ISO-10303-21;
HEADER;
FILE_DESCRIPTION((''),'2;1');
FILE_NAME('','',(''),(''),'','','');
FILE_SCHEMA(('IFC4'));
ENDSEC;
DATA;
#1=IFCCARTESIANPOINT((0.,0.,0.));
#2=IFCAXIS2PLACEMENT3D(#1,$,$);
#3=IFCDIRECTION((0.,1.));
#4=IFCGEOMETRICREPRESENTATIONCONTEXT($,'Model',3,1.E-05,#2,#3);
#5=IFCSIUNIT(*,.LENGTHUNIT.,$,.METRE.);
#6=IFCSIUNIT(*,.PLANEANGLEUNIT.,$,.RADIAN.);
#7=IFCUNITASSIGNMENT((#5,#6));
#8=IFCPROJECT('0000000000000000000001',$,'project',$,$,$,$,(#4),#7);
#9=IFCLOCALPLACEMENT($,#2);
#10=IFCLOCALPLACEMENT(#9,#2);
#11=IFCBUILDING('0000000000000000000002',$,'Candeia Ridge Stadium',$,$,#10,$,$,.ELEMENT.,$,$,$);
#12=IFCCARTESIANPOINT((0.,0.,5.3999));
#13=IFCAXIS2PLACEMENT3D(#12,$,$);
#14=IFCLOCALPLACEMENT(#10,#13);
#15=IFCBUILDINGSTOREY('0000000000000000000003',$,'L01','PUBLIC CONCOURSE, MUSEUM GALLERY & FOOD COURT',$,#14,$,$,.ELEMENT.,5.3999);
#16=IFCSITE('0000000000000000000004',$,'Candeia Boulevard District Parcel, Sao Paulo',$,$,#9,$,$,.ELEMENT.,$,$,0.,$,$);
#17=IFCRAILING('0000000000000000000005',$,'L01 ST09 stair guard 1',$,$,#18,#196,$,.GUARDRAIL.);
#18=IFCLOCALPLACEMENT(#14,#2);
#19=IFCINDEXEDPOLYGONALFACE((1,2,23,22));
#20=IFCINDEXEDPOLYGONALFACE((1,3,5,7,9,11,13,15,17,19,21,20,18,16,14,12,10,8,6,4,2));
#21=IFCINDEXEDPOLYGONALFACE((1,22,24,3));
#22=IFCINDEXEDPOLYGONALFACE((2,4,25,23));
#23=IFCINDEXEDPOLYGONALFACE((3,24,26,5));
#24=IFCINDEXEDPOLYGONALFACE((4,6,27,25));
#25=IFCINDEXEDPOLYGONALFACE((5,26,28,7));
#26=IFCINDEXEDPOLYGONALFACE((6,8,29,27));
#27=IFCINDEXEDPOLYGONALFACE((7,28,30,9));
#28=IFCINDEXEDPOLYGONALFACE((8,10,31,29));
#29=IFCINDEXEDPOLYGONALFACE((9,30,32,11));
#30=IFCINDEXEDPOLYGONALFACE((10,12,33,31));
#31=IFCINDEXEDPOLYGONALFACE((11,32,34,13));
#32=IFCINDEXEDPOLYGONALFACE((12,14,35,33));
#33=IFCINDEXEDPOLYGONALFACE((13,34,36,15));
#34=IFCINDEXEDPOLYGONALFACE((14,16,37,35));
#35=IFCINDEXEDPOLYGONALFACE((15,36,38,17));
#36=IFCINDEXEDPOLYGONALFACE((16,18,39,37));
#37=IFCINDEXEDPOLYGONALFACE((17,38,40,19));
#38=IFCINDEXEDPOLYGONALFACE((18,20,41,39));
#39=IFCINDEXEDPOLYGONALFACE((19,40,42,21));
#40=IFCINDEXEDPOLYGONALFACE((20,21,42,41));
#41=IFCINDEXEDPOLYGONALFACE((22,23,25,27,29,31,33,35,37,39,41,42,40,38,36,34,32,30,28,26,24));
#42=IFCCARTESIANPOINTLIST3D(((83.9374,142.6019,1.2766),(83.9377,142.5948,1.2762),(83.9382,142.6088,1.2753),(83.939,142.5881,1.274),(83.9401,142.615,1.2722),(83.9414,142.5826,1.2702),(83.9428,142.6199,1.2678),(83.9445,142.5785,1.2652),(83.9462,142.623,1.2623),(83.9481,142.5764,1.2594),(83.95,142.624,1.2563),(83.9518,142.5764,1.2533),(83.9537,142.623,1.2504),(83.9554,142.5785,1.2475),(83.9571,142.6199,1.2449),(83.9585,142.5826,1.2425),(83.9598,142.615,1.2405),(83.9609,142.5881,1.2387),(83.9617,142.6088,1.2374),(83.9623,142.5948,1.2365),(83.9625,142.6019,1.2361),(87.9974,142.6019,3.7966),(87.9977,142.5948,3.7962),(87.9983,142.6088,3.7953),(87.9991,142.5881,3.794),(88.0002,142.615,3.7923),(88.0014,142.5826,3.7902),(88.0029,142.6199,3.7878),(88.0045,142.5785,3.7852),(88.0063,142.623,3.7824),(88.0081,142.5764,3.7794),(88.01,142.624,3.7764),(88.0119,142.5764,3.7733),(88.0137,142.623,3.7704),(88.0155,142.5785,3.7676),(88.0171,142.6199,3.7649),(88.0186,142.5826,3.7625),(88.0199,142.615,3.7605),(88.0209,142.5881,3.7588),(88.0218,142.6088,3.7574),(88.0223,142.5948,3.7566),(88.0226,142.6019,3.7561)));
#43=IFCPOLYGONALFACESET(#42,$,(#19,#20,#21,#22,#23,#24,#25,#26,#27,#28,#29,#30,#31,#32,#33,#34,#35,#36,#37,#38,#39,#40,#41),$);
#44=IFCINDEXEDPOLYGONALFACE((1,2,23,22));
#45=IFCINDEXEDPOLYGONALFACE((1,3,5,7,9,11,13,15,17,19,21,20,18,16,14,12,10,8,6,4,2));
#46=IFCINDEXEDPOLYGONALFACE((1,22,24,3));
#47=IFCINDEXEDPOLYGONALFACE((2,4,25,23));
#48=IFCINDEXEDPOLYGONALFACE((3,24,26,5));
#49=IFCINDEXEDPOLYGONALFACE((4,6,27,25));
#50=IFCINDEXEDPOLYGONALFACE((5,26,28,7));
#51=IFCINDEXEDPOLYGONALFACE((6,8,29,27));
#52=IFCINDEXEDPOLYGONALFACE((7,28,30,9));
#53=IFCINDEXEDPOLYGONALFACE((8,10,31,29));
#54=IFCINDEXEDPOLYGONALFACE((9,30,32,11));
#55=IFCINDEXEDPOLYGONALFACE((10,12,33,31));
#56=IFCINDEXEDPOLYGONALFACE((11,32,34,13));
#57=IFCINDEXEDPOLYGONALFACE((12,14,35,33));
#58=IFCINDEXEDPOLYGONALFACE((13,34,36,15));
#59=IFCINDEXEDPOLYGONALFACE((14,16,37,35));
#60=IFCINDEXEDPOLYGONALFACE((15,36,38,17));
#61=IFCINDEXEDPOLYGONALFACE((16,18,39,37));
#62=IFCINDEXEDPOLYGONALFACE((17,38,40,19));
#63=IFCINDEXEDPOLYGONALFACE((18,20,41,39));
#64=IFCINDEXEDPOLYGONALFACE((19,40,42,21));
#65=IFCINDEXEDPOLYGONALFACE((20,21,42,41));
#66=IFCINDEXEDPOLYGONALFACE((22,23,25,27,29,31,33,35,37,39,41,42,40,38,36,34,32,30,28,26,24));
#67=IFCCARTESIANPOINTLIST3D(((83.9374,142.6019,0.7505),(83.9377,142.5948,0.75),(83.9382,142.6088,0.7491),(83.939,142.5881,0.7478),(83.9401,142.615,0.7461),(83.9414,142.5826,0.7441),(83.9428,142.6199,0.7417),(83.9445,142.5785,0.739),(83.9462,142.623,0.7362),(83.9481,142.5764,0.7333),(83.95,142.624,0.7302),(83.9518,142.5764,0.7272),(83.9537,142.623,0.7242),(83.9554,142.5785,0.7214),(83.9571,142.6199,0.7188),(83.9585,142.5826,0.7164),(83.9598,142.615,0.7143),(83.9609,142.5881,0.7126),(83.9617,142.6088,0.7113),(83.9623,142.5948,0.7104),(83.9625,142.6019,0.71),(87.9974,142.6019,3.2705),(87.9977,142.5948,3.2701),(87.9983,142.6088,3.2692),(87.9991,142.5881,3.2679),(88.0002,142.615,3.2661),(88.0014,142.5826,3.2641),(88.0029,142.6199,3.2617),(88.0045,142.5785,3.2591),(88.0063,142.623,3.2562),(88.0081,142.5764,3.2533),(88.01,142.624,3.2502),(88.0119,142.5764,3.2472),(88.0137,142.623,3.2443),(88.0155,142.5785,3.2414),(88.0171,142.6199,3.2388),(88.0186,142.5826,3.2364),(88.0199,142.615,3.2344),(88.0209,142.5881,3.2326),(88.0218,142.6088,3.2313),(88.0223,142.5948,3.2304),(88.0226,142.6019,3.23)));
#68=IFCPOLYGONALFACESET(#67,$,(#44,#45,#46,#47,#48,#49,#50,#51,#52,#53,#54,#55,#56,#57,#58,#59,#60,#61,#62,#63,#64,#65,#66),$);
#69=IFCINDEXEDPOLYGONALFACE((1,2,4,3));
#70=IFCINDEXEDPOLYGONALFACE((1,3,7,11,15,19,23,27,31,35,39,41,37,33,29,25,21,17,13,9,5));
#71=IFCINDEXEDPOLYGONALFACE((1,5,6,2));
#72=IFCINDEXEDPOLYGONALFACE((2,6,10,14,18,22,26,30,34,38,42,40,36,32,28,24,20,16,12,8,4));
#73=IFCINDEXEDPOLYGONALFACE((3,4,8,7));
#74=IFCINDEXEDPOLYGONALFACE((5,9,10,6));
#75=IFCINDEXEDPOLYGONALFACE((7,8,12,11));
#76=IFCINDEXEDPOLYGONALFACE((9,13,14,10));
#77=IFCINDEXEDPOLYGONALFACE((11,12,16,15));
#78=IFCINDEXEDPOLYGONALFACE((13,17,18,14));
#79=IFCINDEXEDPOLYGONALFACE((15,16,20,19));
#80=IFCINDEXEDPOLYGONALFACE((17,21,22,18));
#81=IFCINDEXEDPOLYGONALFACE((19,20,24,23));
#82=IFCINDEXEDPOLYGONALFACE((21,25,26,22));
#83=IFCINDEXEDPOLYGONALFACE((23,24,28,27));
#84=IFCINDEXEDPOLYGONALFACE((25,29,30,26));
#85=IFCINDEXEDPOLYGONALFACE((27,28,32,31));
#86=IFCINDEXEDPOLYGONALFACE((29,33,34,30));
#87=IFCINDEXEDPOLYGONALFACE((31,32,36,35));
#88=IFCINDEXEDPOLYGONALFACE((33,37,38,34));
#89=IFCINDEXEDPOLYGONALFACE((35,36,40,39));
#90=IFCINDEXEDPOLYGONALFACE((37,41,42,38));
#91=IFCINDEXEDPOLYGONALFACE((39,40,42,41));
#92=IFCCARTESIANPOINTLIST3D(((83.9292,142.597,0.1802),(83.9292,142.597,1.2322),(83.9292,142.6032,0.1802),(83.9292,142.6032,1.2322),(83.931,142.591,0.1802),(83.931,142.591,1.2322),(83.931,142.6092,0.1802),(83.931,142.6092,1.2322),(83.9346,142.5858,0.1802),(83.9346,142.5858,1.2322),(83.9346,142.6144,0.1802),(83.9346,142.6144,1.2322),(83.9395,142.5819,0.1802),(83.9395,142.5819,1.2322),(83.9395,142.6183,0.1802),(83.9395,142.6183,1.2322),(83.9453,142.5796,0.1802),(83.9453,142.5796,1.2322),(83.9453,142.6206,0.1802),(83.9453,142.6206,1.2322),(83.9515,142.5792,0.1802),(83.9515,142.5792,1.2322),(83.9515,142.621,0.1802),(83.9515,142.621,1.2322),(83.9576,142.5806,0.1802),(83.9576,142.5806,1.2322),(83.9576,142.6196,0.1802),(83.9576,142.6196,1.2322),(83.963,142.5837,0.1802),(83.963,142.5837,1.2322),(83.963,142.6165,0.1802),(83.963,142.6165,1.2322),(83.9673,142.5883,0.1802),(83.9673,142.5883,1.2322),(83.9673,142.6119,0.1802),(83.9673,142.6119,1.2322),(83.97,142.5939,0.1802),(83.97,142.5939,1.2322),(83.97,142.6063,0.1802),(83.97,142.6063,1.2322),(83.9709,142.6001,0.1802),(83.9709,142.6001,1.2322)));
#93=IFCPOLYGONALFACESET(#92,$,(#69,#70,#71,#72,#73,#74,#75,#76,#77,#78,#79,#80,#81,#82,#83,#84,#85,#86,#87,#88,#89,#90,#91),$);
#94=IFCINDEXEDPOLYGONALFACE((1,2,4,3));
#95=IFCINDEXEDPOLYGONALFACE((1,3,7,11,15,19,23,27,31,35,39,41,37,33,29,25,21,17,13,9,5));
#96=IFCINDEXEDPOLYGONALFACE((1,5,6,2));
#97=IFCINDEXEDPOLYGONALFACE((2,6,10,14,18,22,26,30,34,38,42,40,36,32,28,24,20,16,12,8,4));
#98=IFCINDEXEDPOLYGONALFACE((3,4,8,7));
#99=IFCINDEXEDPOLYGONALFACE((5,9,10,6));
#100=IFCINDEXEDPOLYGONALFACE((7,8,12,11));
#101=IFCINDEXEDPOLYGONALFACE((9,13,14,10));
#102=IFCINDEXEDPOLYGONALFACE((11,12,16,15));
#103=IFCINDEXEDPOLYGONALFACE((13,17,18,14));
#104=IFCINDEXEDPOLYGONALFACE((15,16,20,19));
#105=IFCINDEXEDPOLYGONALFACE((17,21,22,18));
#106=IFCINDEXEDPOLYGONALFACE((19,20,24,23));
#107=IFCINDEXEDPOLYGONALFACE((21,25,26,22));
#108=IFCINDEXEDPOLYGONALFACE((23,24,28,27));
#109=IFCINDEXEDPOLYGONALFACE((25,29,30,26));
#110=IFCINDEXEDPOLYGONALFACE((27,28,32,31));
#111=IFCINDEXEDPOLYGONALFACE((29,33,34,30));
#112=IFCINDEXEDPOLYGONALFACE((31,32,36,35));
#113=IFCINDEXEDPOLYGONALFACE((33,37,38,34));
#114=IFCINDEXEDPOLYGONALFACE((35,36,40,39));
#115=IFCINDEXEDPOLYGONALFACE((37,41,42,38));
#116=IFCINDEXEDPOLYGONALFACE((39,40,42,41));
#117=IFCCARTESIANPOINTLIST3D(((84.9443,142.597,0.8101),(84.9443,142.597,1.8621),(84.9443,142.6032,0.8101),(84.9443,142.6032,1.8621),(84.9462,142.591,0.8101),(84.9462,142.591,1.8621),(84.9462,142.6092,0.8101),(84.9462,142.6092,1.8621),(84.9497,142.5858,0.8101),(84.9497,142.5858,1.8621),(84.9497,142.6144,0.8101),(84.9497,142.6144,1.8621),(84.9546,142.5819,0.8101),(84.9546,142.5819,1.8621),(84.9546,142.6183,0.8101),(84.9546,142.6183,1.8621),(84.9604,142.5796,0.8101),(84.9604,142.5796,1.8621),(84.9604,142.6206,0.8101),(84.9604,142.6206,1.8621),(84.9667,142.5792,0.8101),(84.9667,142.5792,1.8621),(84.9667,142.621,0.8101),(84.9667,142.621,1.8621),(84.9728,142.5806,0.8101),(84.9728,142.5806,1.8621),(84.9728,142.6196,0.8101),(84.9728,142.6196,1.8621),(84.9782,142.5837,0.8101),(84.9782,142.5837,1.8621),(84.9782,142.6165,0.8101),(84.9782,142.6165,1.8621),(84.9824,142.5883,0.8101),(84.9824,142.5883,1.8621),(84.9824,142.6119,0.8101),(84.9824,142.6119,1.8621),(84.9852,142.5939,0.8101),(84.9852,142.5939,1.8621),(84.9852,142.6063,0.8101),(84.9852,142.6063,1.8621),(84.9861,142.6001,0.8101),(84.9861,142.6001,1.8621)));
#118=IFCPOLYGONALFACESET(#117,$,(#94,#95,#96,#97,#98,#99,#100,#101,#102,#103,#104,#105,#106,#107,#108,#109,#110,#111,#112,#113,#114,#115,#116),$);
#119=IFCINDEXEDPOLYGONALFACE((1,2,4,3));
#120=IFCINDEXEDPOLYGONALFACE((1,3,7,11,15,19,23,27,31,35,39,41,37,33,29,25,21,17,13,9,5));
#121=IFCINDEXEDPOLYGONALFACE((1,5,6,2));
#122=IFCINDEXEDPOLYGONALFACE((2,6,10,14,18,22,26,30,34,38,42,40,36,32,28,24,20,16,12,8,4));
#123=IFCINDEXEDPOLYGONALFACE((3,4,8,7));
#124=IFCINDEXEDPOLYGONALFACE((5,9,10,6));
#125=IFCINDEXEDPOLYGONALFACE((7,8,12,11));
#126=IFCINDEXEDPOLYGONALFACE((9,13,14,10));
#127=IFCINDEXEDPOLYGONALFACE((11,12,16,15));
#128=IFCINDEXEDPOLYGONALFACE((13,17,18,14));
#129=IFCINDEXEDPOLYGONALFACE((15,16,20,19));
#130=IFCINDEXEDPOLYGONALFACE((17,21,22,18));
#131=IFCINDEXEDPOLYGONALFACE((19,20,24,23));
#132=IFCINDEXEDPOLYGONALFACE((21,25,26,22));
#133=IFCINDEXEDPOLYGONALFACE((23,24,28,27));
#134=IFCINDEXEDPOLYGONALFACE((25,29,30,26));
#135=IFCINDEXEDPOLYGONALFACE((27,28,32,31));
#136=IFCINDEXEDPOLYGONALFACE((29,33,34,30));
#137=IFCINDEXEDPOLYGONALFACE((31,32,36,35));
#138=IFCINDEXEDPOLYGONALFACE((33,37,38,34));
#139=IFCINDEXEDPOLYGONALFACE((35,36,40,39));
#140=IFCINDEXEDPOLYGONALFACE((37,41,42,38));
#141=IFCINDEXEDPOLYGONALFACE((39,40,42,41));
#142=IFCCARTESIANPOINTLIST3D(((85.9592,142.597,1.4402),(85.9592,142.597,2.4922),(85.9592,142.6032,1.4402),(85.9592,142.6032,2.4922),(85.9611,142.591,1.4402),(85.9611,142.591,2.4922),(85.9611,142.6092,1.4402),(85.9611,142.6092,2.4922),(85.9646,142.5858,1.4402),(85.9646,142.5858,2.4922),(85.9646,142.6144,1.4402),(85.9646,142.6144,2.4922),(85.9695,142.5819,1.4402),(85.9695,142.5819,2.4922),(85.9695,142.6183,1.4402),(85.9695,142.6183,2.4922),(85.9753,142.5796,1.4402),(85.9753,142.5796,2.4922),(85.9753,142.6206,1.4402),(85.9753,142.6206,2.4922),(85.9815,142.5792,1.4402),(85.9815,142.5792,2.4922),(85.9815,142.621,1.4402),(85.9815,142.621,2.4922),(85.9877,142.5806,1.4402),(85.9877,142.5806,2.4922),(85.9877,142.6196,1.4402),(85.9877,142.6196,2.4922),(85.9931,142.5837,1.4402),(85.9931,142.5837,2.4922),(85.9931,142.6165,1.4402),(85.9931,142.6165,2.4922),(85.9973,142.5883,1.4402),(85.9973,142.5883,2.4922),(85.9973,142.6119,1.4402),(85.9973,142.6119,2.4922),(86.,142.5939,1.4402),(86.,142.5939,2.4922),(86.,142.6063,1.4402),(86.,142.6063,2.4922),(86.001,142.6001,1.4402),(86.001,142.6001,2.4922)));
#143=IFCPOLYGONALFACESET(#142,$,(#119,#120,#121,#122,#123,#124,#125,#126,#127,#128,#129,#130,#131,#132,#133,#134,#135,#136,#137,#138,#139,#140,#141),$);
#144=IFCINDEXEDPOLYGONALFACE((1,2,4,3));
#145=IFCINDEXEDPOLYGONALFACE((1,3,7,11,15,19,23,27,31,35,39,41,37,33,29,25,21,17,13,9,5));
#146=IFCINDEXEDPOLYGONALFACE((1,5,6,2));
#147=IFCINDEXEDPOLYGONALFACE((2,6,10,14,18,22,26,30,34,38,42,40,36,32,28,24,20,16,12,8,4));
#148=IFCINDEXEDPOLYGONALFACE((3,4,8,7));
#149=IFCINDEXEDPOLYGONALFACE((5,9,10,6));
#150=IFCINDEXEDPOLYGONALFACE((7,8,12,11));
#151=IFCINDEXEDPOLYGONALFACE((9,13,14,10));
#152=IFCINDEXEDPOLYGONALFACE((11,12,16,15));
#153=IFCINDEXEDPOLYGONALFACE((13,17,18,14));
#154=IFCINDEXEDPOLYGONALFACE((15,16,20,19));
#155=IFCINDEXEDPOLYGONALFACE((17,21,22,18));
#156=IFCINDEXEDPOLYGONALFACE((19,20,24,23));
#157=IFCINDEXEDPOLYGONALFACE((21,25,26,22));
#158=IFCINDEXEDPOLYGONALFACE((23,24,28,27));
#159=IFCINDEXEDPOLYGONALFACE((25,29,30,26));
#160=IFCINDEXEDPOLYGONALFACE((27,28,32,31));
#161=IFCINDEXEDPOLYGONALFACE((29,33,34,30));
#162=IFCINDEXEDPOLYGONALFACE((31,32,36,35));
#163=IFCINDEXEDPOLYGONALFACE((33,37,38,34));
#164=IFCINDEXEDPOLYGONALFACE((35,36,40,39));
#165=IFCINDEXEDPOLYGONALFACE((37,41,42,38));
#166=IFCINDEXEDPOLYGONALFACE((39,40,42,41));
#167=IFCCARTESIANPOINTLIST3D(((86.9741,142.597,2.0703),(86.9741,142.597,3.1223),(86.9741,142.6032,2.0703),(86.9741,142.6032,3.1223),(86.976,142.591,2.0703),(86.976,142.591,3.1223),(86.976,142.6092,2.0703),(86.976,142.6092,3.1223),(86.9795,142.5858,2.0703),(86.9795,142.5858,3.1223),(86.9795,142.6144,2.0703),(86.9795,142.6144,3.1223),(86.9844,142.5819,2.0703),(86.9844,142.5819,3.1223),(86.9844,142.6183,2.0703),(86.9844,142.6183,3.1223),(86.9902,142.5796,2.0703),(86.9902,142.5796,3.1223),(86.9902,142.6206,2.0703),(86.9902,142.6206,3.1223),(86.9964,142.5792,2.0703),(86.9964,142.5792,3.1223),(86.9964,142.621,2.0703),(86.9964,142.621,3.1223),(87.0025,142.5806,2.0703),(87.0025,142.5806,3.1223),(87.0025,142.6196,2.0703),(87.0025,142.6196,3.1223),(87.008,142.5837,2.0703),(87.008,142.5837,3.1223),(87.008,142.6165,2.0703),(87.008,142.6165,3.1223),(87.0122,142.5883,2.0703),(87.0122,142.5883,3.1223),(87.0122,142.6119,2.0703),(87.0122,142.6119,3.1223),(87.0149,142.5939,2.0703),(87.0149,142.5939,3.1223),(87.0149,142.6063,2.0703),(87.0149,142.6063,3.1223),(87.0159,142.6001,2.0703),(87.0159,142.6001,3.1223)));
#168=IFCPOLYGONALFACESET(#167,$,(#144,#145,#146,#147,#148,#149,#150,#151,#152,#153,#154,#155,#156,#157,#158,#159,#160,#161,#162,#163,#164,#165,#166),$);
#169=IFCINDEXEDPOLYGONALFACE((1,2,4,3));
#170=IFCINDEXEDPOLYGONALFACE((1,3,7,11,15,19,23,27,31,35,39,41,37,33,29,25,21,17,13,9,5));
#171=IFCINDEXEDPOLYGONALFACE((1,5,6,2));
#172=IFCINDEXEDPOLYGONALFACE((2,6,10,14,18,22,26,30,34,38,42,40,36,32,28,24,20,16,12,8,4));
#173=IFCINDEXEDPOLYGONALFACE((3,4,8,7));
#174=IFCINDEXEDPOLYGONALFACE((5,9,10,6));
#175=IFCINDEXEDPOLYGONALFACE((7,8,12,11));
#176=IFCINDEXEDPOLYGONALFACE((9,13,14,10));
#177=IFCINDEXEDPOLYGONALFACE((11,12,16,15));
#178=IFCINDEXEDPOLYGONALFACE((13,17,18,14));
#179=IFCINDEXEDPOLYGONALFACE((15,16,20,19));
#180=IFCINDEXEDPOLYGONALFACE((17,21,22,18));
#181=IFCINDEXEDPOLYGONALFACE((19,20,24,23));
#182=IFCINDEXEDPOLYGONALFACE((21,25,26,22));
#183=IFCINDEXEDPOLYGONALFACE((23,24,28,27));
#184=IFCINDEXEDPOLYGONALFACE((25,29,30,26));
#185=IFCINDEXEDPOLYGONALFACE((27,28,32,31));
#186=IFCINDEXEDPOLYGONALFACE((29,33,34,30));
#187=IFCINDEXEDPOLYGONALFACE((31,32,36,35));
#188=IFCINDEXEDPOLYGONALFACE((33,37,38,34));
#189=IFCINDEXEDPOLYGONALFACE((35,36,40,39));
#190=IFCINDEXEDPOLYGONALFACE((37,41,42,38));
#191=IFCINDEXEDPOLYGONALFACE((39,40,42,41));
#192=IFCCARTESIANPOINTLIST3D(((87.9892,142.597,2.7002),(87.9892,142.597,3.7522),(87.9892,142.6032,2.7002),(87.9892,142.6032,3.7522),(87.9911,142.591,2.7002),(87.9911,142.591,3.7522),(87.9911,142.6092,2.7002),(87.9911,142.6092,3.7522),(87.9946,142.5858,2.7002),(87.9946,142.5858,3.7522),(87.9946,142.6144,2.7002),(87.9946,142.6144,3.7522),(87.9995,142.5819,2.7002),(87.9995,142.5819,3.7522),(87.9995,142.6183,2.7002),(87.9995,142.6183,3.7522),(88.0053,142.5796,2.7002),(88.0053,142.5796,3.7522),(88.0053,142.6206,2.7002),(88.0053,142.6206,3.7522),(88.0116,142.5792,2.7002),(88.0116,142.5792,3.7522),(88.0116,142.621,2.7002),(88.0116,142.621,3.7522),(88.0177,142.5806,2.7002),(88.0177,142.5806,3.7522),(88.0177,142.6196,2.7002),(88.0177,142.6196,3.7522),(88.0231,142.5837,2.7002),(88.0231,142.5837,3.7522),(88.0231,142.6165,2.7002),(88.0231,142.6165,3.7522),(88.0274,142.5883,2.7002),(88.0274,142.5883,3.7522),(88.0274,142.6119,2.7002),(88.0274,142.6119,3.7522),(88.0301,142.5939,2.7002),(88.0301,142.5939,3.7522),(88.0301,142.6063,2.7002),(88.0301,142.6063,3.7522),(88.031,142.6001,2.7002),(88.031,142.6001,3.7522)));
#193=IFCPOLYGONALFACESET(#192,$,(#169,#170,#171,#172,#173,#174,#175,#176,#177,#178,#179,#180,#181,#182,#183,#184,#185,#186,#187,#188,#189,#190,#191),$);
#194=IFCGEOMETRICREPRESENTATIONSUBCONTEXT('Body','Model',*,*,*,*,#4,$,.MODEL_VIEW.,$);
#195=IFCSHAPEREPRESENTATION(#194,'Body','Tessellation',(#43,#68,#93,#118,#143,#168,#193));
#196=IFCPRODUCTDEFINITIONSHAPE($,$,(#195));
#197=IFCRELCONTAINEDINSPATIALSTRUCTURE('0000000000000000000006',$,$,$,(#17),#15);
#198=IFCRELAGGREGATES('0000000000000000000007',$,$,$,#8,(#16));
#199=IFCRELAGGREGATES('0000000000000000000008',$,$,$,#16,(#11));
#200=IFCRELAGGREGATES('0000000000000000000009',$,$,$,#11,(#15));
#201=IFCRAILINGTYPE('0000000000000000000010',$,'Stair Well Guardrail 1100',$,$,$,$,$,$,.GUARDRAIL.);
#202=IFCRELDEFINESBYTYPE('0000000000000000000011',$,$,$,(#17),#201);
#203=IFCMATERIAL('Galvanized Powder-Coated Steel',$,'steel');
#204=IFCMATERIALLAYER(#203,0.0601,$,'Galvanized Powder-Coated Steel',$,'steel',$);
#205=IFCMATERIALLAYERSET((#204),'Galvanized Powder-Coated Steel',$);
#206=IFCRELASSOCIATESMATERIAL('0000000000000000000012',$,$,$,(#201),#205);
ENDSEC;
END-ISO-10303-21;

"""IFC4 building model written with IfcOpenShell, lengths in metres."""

from ifc_helpers import new_model, si_unit, direction, frame, origin, origin_2d, place, context, subcontext, project, spatial, circle, extrude, material, layer, layer_set, type_object, element, save


model = new_model("IFC4")

# Units and contexts
model_context = context("Model", 3, precision=1e-05, world=origin(), true_north=direction((0.0, 1.0)))
body_context = subcontext(model_context, "Body", "Model", "MODEL_VIEW")
ifc_project = project(units=[si_unit("LENGTHUNIT", "METRE"), si_unit("PLANEANGLEUNIT", "RADIAN")], contexts=[model_context])

# Site, building, storey
site_placement = place(None, origin())
site = spatial("IfcSite", under=ifc_project, at=site_placement, Name="Candeia Boulevard District Parcel, Sao Paulo", CompositionType="ELEMENT", RefElevation=0.0)
building_placement = place(site_placement, origin())
building = spatial("IfcBuilding", under=site, at=building_placement, Name="Candeia Ridge Stadium", CompositionType="ELEMENT")
storey_placement = place(building_placement, frame((0.0, 0.0, 5.3999)))
storey = spatial("IfcBuildingStorey", under=building, at=storey_placement, Name="L01", Description="PUBLIC CONCOURSE, MUSEUM GALLERY & FOOD COURT", CompositionType="ELEMENT", Elevation=5.3999)

# Railing
ifc_material_1 = material(Name="Galvanized Powder-Coated Steel", Category="steel")
ifc_layer_1 = layer(ifc_material_1, 0.0601, Name="Galvanized Powder-Coated Steel", Category="steel")
ifc_layer_set_1 = layer_set([ifc_layer_1], Name="Galvanized Powder-Coated Steel")
railing_type_1 = type_object("IfcRailingType", Name="Stair Well Guardrail 1100", PredefinedType="GUARDRAIL", material=ifc_layer_set_1)
railing_1_placement = place(storey_placement, frame((83.95, 142.6001, 0.1802)))
element("IfcRailing", 1, at=railing_1_placement, inside=storey, type_object=railing_type_1, Name="L01 ST09 stair guard 1", PredefinedType="GUARDRAIL", context=body_context, shape_type="SweptSolid", body=[
    extrude(circle(Radius=0.0239, at=origin_2d()), frame((0.0, 0.0, 1.0762), z_axis=(0.849642, 0.0, 0.52736), x_axis=(0.0, 1.0, 0.0)), (0.0, 0.0, 1.0), 4.7786),
    extrude(circle(Radius=0.0239, at=origin_2d()), frame((0.0, 0.0, 0.55), z_axis=(0.849642, 0.0, 0.52736), x_axis=(0.0, 1.0, 0.0)), (0.0, 0.0, 1.0), 4.7786),
    extrude(circle(Radius=0.021, at=origin_2d()), origin(), (0.0, 0.0, 1.0), 1.052),
    extrude(circle(Radius=0.021, at=origin_2d()), frame((1.0151, 0.0, 0.6299)), (0.0, 0.0, 1.0), 1.052),
    extrude(circle(Radius=0.021, at=origin_2d()), frame((2.03, 0.0, 1.26)), (0.0, 0.0, 1.0), 1.052),
    extrude(circle(Radius=0.021, at=origin_2d()), frame((3.0449, 0.0, 1.8901)), (0.0, 0.0, 1.0), 1.052),
    extrude(circle(Radius=0.021, at=origin_2d()), frame((4.0601, 0.0, 2.52)), (0.0, 0.0, 1.0), 1.052),
])

save(model, "model.ifc")
